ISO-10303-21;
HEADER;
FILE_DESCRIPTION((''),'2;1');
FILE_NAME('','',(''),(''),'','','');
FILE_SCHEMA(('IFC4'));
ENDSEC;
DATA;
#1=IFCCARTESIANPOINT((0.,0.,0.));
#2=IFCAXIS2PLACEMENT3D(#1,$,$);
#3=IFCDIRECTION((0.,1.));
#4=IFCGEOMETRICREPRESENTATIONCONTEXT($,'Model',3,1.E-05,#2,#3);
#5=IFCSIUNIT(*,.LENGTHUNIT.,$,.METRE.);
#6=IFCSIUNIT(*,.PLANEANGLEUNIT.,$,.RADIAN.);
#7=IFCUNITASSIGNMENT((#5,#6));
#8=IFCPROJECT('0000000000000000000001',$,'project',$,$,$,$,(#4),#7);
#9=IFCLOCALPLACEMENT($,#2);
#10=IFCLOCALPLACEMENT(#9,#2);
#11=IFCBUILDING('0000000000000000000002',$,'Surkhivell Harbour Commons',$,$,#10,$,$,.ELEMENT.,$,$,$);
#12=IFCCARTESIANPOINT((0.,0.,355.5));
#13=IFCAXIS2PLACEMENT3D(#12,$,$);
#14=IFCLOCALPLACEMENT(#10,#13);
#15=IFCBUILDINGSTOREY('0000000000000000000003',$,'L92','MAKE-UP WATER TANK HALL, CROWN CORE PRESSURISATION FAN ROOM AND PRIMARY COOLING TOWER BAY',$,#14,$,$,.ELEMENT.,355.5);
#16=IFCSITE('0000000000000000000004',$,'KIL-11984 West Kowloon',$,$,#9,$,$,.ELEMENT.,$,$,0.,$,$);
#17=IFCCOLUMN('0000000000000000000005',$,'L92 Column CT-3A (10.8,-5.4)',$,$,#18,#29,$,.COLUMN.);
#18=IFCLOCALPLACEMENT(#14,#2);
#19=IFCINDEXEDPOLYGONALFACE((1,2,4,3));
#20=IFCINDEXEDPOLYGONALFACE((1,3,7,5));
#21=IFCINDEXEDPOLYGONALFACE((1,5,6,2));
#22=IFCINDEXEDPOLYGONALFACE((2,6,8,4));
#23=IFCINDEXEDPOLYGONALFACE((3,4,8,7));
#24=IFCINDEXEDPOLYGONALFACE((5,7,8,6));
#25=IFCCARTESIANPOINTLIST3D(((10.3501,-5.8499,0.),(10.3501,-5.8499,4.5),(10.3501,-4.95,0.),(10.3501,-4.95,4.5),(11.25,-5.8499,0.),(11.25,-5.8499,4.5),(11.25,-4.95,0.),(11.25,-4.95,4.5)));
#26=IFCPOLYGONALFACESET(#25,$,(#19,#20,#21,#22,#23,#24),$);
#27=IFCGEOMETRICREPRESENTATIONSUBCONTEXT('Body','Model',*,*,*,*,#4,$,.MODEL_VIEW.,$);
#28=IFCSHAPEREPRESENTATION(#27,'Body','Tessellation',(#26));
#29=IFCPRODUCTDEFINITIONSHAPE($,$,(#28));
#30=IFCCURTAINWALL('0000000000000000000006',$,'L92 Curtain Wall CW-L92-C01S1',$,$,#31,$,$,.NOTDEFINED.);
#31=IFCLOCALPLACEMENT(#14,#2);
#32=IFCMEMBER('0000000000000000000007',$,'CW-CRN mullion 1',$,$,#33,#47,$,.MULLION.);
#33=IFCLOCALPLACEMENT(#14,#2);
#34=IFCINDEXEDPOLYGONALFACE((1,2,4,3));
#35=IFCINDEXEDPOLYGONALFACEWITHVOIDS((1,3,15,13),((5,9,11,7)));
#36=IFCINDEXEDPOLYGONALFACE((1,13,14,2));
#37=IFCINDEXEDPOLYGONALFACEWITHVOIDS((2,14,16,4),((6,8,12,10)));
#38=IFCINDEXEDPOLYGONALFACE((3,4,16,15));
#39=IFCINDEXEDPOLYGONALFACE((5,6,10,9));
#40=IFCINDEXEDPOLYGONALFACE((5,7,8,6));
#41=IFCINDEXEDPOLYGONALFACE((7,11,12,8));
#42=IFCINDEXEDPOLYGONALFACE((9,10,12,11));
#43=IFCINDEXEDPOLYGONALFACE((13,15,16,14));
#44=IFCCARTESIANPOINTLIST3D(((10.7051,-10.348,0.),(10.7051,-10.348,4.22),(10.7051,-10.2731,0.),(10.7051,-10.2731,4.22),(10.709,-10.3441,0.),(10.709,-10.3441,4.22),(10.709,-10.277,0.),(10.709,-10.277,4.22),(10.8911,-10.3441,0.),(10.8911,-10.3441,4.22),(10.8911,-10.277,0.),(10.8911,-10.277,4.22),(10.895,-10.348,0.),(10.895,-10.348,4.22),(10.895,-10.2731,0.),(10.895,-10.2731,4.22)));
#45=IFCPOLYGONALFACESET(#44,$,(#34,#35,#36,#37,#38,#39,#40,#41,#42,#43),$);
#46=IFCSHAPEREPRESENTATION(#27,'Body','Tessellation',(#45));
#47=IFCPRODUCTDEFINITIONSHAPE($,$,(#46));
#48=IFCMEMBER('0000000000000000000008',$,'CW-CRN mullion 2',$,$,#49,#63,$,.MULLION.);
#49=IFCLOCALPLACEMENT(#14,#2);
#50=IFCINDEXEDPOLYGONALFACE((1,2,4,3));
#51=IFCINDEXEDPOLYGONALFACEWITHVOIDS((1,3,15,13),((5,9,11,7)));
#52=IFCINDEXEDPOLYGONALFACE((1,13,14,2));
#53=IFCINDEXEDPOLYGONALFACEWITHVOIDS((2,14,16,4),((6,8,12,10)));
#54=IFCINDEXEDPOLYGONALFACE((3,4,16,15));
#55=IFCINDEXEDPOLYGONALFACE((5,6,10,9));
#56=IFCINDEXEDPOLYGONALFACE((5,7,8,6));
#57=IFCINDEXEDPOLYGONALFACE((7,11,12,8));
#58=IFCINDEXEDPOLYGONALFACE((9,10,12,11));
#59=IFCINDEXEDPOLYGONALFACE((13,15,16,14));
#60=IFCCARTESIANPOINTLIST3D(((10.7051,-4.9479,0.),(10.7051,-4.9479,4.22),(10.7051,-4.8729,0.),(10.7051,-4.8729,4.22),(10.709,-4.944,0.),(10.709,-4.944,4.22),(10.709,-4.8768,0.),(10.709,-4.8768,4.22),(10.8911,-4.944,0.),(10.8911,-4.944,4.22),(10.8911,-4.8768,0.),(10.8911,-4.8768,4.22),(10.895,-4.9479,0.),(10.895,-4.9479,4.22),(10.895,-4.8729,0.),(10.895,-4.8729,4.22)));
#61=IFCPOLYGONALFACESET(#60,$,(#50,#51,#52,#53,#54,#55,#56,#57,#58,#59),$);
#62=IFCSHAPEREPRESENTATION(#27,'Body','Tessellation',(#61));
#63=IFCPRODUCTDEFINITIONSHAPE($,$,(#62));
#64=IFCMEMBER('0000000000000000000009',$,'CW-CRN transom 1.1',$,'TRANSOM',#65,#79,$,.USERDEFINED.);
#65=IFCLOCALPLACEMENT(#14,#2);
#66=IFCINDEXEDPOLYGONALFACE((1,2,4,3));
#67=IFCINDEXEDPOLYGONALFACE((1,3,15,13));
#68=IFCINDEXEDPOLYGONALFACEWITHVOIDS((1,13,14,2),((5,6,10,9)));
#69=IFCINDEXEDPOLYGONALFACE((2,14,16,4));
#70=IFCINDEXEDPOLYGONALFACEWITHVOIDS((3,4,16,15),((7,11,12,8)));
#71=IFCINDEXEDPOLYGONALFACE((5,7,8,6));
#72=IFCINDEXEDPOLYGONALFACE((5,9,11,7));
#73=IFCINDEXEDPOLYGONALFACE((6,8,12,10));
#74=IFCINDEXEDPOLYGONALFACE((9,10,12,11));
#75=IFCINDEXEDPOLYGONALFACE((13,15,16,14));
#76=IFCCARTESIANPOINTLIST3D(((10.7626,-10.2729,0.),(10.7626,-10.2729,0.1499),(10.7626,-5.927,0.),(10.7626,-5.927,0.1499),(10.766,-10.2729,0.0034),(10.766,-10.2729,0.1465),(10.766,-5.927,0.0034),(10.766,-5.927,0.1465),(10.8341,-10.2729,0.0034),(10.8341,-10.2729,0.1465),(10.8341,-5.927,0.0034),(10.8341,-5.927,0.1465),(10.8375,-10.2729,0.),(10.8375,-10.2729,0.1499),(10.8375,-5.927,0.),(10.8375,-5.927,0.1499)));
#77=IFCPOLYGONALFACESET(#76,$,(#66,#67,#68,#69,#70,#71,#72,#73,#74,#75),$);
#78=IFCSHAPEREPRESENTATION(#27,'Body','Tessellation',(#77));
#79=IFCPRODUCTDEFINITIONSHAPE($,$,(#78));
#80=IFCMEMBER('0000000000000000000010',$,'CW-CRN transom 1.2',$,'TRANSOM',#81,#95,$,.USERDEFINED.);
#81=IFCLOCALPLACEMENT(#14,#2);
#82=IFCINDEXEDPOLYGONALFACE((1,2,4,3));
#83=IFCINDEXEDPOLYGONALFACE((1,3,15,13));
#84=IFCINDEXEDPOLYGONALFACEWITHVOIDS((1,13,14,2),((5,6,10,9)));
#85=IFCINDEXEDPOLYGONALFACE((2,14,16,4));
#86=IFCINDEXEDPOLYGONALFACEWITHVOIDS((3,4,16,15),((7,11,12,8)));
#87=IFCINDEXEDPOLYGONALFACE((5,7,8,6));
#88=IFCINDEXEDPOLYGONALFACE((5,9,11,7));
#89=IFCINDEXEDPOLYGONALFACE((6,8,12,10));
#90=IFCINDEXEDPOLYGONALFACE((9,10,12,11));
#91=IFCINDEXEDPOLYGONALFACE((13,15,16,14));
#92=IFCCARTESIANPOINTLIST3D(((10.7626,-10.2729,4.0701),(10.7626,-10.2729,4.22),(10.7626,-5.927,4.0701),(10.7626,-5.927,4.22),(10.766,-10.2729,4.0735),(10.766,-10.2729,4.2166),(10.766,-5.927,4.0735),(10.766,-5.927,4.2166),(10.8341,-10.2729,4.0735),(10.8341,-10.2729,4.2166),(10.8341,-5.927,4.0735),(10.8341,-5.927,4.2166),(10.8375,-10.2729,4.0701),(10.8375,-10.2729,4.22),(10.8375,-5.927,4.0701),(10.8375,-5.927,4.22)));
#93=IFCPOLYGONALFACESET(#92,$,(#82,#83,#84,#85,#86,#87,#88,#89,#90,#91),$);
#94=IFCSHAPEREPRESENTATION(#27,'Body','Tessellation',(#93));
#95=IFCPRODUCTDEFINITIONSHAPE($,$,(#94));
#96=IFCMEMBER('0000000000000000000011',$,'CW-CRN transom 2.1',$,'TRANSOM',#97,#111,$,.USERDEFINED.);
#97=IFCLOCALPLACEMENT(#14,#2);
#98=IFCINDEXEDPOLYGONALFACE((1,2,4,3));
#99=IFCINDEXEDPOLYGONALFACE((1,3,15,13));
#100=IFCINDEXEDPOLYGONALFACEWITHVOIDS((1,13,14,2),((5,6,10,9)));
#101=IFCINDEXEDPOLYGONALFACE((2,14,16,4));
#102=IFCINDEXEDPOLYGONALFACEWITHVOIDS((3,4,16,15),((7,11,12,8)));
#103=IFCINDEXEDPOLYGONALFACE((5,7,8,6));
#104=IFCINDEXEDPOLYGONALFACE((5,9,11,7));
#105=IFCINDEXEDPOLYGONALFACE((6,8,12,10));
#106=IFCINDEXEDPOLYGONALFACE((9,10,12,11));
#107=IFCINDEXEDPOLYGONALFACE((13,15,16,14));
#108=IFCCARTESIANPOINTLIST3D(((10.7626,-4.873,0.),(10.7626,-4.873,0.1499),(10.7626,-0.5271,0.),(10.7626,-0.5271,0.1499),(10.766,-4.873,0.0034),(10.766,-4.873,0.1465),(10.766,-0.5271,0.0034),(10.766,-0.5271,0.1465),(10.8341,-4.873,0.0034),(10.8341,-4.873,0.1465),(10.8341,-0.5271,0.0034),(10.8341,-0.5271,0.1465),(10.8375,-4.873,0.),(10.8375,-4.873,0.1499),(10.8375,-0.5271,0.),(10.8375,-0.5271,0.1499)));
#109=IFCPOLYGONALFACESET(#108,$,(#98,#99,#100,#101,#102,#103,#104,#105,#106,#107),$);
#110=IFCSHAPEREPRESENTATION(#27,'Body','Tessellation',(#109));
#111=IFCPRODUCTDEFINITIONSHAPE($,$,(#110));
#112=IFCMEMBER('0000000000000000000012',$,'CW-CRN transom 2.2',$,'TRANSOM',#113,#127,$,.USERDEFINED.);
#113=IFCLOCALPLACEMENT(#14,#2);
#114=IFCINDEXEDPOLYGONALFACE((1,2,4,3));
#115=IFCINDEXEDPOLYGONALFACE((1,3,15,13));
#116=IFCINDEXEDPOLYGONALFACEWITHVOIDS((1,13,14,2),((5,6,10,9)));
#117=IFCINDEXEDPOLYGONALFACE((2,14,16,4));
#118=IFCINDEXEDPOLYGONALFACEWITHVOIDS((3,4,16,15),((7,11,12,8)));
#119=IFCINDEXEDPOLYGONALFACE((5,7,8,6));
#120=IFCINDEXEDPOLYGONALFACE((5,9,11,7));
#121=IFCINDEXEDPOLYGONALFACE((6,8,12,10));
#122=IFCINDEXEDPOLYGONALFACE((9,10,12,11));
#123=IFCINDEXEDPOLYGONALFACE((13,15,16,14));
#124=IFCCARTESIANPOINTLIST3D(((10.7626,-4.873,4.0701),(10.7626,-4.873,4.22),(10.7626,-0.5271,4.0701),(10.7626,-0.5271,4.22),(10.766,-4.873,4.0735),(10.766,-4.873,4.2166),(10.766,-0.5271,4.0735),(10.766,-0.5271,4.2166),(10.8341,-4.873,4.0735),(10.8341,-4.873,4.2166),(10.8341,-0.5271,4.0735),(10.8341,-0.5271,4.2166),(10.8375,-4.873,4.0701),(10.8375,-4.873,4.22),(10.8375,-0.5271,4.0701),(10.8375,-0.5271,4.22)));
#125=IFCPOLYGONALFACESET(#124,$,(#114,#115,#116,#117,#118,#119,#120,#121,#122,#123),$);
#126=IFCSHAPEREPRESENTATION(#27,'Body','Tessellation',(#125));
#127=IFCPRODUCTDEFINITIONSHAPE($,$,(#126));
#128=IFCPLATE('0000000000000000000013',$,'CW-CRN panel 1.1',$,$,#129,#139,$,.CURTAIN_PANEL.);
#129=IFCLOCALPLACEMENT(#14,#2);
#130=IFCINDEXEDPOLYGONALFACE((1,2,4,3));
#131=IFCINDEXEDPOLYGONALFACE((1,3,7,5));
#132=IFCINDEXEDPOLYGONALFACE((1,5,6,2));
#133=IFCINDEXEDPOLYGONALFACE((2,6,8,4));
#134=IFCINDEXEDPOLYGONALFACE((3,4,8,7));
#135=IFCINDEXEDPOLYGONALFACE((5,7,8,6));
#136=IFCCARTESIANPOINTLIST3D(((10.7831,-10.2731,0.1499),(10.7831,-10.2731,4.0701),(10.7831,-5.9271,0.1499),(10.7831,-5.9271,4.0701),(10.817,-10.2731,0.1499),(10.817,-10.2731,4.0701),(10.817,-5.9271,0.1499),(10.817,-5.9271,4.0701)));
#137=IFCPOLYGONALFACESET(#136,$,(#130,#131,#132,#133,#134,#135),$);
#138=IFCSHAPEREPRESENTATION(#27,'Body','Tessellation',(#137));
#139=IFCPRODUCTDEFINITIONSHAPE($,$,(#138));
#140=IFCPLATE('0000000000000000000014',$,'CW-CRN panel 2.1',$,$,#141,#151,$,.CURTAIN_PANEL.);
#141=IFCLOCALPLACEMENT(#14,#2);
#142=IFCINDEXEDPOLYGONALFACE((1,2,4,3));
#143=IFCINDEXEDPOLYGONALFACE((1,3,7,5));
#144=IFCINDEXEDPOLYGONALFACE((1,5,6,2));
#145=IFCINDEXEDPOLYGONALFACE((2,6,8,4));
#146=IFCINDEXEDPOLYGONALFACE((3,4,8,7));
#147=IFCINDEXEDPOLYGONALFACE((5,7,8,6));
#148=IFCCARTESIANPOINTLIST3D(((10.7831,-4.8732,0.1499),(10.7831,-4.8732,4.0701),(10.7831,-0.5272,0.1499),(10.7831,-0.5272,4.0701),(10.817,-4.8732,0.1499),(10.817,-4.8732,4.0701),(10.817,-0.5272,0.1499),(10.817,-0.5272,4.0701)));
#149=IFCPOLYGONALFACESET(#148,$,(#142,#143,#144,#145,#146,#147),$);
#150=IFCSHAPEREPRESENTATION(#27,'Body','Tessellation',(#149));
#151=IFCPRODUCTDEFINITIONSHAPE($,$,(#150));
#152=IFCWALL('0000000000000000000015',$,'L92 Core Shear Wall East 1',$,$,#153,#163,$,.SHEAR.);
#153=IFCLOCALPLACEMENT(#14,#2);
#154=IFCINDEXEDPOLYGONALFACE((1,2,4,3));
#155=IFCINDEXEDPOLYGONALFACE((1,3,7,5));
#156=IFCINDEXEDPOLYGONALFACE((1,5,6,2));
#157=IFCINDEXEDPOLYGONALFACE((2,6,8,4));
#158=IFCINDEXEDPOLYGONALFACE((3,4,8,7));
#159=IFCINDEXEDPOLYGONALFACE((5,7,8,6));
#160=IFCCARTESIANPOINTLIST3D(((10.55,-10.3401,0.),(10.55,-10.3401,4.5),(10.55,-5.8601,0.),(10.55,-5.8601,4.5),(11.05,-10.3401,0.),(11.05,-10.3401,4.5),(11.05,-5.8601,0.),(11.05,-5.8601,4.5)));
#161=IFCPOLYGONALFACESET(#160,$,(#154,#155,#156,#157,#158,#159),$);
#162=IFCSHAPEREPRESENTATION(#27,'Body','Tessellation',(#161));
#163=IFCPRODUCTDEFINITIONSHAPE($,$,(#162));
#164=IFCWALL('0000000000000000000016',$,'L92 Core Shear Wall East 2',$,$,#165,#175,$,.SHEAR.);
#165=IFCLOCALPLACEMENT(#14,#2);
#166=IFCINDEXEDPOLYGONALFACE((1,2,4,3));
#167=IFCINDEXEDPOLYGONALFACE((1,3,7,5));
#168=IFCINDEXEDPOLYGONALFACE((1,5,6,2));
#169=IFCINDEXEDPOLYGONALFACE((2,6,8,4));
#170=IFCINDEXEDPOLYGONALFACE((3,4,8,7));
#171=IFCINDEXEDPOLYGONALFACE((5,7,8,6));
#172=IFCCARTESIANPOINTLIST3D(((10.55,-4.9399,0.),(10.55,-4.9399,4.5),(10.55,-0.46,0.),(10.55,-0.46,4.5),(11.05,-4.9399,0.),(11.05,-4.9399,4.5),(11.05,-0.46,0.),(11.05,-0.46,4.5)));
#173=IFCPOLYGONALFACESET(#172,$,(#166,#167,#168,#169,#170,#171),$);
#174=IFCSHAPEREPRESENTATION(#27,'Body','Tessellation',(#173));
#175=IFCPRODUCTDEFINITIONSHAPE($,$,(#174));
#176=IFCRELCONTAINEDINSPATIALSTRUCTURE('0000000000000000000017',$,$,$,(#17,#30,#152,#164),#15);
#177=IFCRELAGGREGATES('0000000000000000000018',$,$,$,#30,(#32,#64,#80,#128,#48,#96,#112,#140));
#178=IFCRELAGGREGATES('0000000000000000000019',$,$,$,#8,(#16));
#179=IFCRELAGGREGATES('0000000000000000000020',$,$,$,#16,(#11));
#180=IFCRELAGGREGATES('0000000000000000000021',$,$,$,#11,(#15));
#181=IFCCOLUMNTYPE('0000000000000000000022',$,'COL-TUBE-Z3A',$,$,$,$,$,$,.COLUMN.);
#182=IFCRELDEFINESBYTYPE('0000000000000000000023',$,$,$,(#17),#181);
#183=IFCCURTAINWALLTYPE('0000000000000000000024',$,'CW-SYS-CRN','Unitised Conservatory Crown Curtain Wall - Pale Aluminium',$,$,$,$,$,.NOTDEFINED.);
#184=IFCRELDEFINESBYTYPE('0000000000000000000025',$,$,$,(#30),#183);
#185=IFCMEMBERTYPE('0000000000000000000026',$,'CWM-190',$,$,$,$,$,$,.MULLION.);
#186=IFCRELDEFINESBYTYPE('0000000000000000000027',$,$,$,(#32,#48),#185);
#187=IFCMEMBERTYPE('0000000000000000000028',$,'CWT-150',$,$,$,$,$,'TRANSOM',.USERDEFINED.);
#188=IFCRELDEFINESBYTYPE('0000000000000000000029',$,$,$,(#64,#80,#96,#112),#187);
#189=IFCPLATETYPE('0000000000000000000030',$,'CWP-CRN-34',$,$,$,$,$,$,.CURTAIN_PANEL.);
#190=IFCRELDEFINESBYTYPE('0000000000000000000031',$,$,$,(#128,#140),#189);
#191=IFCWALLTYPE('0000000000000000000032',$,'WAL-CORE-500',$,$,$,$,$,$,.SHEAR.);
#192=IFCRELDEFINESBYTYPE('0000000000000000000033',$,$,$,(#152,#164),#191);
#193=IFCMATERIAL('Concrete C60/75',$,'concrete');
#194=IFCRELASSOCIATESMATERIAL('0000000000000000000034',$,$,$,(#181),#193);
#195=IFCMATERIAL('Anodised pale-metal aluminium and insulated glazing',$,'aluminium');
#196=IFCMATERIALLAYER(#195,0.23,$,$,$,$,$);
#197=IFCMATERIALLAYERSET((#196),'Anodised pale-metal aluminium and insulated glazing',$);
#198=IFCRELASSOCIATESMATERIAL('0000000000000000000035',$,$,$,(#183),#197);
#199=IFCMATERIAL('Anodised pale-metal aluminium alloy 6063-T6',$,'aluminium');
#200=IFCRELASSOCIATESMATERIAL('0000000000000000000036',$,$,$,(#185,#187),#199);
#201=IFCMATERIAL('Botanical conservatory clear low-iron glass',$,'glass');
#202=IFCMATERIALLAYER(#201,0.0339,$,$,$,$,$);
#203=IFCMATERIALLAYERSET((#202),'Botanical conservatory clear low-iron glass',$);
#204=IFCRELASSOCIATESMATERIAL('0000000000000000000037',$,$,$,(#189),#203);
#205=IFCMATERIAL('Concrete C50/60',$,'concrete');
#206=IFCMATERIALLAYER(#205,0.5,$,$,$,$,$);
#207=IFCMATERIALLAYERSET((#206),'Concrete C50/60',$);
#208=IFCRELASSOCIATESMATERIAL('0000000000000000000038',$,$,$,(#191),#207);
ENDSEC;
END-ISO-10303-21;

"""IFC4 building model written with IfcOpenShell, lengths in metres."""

from ifc_helpers import new_model, si_unit, direction, frame, frame_2d, origin, origin_2d, place, context, subcontext, project, spatial, rectangle, hollow_rectangle, extrude, material, layer, layer_set, material_profile, profile_set, type_object, element, aggregate, save


model = new_model("IFC4")

# Units and contexts
model_context = context("Model", 3, precision=1e-05, world=origin(), true_north=direction((0.0, 1.0)))
body_context = subcontext(model_context, "Body", "Model", "MODEL_VIEW")
ifc_project = project(units=[si_unit("LENGTHUNIT", "METRE"), si_unit("PLANEANGLEUNIT", "RADIAN")], contexts=[model_context])

# Site, building, storey
site_placement = place(None, origin())
site = spatial("IfcSite", under=ifc_project, at=site_placement, Name="KIL-11984 West Kowloon", CompositionType="ELEMENT", RefElevation=0.0)
building_placement = place(site_placement, origin())
building = spatial("IfcBuilding", under=site, at=building_placement, Name="Surkhivell Harbour Commons", CompositionType="ELEMENT")
storey_placement = place(building_placement, frame((0.0, 0.0, 355.5)))
storey = spatial("IfcBuildingStorey", under=building, at=storey_placement, Name="L92", Description="MAKE-UP WATER TANK HALL, CROWN CORE PRESSURISATION FAN ROOM AND PRIMARY COOLING TOWER BAY", CompositionType="ELEMENT", Elevation=355.5)

# Column
ifc_material_1 = material(Name="Concrete C60/75", Category="concrete")
ifc_material_profile_1 = material_profile(ifc_material_1, rectangle(XDim=0.8999, YDim=0.8999, at=origin_2d()), Name="RC-COL-900x900")
ifc_profile_set_1 = profile_set([ifc_material_profile_1], Name="Concrete C60/75")
column_type = type_object("IfcColumnType", Name="COL-TUBE-Z3A", PredefinedType="COLUMN", material=ifc_profile_set_1)
column_placement = place(storey_placement, frame((10.8, -5.3999, 0.0), z_axis=(0.0, 0.0, 1.0), x_axis=(1.0, 0.0, 0.0)))
element("IfcColumn", 1, at=column_placement, inside=storey, type_object=column_type, Name="L92 Column CT-3A (10.8,-5.4)", PredefinedType="COLUMN", context=body_context, shape_type="SweptSolid", body=[
    extrude(rectangle(XDim=0.8999, YDim=0.8999, at=origin_2d()), origin(), (0.0, 0.0, 1.0), 4.5),
])

# Curtain wall, members, plates
ifc_material_2 = material(Name="Anodised pale-metal aluminium and insulated glazing", Category="aluminium")
ifc_layer_1 = layer(ifc_material_2, 0.23)
ifc_layer_set_1 = layer_set([ifc_layer_1], Name="Anodised pale-metal aluminium and insulated glazing")
curtain_wall_type = type_object("IfcCurtainWallType", Name="CW-SYS-CRN", Description="Unitised Conservatory Crown Curtain Wall - Pale Aluminium", PredefinedType="NOTDEFINED", material=ifc_layer_set_1)
curtain_wall_placement = place(storey_placement, origin())
curtain_wall = element("IfcCurtainWall", 2, at=curtain_wall_placement, inside=storey, type_object=curtain_wall_type, Name="L92 Curtain Wall CW-L92-C01S1", PredefinedType="NOTDEFINED")
ifc_material_3 = material(Name="Anodised pale-metal aluminium alloy 6063-T6", Category="aluminium")
ifc_material_profile_2 = material_profile(ifc_material_3, hollow_rectangle(XDim=0.075, YDim=0.1899, WallThickness=0.0039, at=origin_2d()), Name="ALU-MULL-75x190")
ifc_profile_set_2 = profile_set([ifc_material_profile_2], Name="Anodised pale-metal aluminium alloy 6063-T6")
member_type_1 = type_object("IfcMemberType", Name="CWM-190", PredefinedType="MULLION", material=ifc_profile_set_2)
member_1_placement = place(storey_placement, frame((10.8, -10.3105, 0.0), z_axis=(0.0, 0.0, 1.0), x_axis=(0.0, 1.0, 0.0)))
member_1 = element("IfcMember", 3, at=member_1_placement, type_object=member_type_1, Name="CW-CRN mullion 1", PredefinedType="MULLION", context=body_context, shape_type="SweptSolid", body=[
    extrude(hollow_rectangle(XDim=0.075, YDim=0.1899, WallThickness=0.0039, at=origin_2d()), origin(), (0.0, 0.0, 1.0), 4.22),
])
member_2_placement = place(storey_placement, frame((10.8, -4.9104, 0.0), z_axis=(0.0, 0.0, 1.0), x_axis=(0.0, 1.0, 0.0)))
member_2 = element("IfcMember", 4, at=member_2_placement, type_object=member_type_1, Name="CW-CRN mullion 2", PredefinedType="MULLION", context=body_context, shape_type="SweptSolid", body=[
    extrude(hollow_rectangle(XDim=0.075, YDim=0.1899, WallThickness=0.0039, at=origin_2d()), origin(), (0.0, 0.0, 1.0), 4.22),
])
ifc_material_profile_3 = material_profile(ifc_material_3, hollow_rectangle(XDim=0.075, YDim=0.1499, WallThickness=0.0034, at=origin_2d()), Name="ALU-TRAN-75x150")
ifc_profile_set_3 = profile_set([ifc_material_profile_3], Name="Anodised pale-metal aluminium alloy 6063-T6")
member_type_2 = type_object("IfcMemberType", Name="CWT-150", ElementType="TRANSOM", PredefinedType="USERDEFINED", material=ifc_profile_set_3)
member_3_placement = place(storey_placement, frame((10.8, -10.2729, 0.075), z_axis=(0.0, 1.0, 0.0), x_axis=(-1.0, 0.0, 0.0)))
member_3 = element("IfcMember", 5, at=member_3_placement, type_object=member_type_2, Name="CW-CRN transom 1.1", ObjectType="TRANSOM", PredefinedType="USERDEFINED", context=body_context, shape_type="SweptSolid", body=[
    extrude(hollow_rectangle(XDim=0.075, YDim=0.1499, WallThickness=0.0034, at=origin_2d()), origin(), (0.0, 0.0, 1.0), 4.3459),
])
member_4_placement = place(storey_placement, frame((10.8, -10.2729, 4.145), z_axis=(0.0, 1.0, 0.0), x_axis=(-1.0, 0.0, 0.0)))
member_4 = element("IfcMember", 6, at=member_4_placement, type_object=member_type_2, Name="CW-CRN transom 1.2", ObjectType="TRANSOM", PredefinedType="USERDEFINED", context=body_context, shape_type="SweptSolid", body=[
    extrude(hollow_rectangle(XDim=0.075, YDim=0.1499, WallThickness=0.0034, at=origin_2d()), origin(), (0.0, 0.0, 1.0), 4.3459),
])
member_5_placement = place(storey_placement, frame((10.8, -4.873, 0.075), z_axis=(0.0, 1.0, 0.0), x_axis=(-1.0, 0.0, 0.0)))
member_5 = element("IfcMember", 7, at=member_5_placement, type_object=member_type_2, Name="CW-CRN transom 2.1", ObjectType="TRANSOM", PredefinedType="USERDEFINED", context=body_context, shape_type="SweptSolid", body=[
    extrude(hollow_rectangle(XDim=0.075, YDim=0.1499, WallThickness=0.0034, at=origin_2d()), origin(), (0.0, 0.0, 1.0), 4.3459),
])
member_6_placement = place(storey_placement, frame((10.8, -4.873, 4.145), z_axis=(0.0, 1.0, 0.0), x_axis=(-1.0, 0.0, 0.0)))
member_6 = element("IfcMember", 8, at=member_6_placement, type_object=member_type_2, Name="CW-CRN transom 2.2", ObjectType="TRANSOM", PredefinedType="USERDEFINED", context=body_context, shape_type="SweptSolid", body=[
    extrude(hollow_rectangle(XDim=0.075, YDim=0.1499, WallThickness=0.0034, at=origin_2d()), origin(), (0.0, 0.0, 1.0), 4.3459),
])
ifc_material_4 = material(Name="Botanical conservatory clear low-iron glass", Category="glass")
ifc_layer_2 = layer(ifc_material_4, 0.0339)
ifc_layer_set_2 = layer_set([ifc_layer_2], Name="Botanical conservatory clear low-iron glass")
plate_type = type_object("IfcPlateType", Name="CWP-CRN-34", PredefinedType="CURTAIN_PANEL", material=ifc_layer_set_2)
plate_1_placement = place(storey_placement, frame((10.8, -10.2729, 0.1499), z_axis=(0.0, 0.0, 1.0), x_axis=(0.0, 1.0, 0.0)))
plate_1 = element("IfcPlate", 9, at=plate_1_placement, type_object=plate_type, Name="CW-CRN panel 1.1", PredefinedType="CURTAIN_PANEL", context=body_context, shape_type="SweptSolid", body=[
    extrude(rectangle(XDim=4.3459, YDim=0.0339, at=frame_2d((2.1729, 0.0))), origin(), (0.0, 0.0, 1.0), 3.9202),
])
plate_2_placement = place(storey_placement, frame((10.8, -4.873, 0.1499), z_axis=(0.0, 0.0, 1.0), x_axis=(0.0, 1.0, 0.0)))
plate_2 = element("IfcPlate", 10, at=plate_2_placement, type_object=plate_type, Name="CW-CRN panel 2.1", PredefinedType="CURTAIN_PANEL", context=body_context, shape_type="SweptSolid", body=[
    extrude(rectangle(XDim=4.3459, YDim=0.0339, at=frame_2d((2.1729, 0.0))), origin(), (0.0, 0.0, 1.0), 3.9202),
])
aggregate(curtain_wall, [member_1, member_3, member_4, plate_1, member_2, member_5, member_6, plate_2])

# Walls
ifc_material_5 = material(Name="Concrete C50/60", Category="concrete")
ifc_layer_3 = layer(ifc_material_5, 0.5)
ifc_layer_set_3 = layer_set([ifc_layer_3], Name="Concrete C50/60")
wall_type_1 = type_object("IfcWallType", Name="WAL-CORE-500", PredefinedType="SHEAR", material=ifc_layer_set_3)
for number, where, z_axis, x_axis, name in (
    (11, (10.8, -10.3401, 0.0), (0.0, 0.0, 1.0), (0.0, 1.0, 0.0), "L92 Core Shear Wall East 1"),
    (12, (10.8, -4.9399, 0.0), (0.0, 0.0, 1.0), (0.0, 1.0, 0.0), "L92 Core Shear Wall East 2"),
):
    element("IfcWall", number, at=place(storey_placement, frame(where, z_axis=z_axis, x_axis=x_axis)), inside=storey, type_object=wall_type_1, Name=name, PredefinedType="SHEAR", context=body_context, shape_type="SweptSolid", body=[
        extrude(rectangle(XDim=4.48, YDim=0.5, at=frame_2d((2.24, 0.0))), origin(), (0.0, 0.0, 1.0), 4.5),
    ])

save(model, "model.ifc")
